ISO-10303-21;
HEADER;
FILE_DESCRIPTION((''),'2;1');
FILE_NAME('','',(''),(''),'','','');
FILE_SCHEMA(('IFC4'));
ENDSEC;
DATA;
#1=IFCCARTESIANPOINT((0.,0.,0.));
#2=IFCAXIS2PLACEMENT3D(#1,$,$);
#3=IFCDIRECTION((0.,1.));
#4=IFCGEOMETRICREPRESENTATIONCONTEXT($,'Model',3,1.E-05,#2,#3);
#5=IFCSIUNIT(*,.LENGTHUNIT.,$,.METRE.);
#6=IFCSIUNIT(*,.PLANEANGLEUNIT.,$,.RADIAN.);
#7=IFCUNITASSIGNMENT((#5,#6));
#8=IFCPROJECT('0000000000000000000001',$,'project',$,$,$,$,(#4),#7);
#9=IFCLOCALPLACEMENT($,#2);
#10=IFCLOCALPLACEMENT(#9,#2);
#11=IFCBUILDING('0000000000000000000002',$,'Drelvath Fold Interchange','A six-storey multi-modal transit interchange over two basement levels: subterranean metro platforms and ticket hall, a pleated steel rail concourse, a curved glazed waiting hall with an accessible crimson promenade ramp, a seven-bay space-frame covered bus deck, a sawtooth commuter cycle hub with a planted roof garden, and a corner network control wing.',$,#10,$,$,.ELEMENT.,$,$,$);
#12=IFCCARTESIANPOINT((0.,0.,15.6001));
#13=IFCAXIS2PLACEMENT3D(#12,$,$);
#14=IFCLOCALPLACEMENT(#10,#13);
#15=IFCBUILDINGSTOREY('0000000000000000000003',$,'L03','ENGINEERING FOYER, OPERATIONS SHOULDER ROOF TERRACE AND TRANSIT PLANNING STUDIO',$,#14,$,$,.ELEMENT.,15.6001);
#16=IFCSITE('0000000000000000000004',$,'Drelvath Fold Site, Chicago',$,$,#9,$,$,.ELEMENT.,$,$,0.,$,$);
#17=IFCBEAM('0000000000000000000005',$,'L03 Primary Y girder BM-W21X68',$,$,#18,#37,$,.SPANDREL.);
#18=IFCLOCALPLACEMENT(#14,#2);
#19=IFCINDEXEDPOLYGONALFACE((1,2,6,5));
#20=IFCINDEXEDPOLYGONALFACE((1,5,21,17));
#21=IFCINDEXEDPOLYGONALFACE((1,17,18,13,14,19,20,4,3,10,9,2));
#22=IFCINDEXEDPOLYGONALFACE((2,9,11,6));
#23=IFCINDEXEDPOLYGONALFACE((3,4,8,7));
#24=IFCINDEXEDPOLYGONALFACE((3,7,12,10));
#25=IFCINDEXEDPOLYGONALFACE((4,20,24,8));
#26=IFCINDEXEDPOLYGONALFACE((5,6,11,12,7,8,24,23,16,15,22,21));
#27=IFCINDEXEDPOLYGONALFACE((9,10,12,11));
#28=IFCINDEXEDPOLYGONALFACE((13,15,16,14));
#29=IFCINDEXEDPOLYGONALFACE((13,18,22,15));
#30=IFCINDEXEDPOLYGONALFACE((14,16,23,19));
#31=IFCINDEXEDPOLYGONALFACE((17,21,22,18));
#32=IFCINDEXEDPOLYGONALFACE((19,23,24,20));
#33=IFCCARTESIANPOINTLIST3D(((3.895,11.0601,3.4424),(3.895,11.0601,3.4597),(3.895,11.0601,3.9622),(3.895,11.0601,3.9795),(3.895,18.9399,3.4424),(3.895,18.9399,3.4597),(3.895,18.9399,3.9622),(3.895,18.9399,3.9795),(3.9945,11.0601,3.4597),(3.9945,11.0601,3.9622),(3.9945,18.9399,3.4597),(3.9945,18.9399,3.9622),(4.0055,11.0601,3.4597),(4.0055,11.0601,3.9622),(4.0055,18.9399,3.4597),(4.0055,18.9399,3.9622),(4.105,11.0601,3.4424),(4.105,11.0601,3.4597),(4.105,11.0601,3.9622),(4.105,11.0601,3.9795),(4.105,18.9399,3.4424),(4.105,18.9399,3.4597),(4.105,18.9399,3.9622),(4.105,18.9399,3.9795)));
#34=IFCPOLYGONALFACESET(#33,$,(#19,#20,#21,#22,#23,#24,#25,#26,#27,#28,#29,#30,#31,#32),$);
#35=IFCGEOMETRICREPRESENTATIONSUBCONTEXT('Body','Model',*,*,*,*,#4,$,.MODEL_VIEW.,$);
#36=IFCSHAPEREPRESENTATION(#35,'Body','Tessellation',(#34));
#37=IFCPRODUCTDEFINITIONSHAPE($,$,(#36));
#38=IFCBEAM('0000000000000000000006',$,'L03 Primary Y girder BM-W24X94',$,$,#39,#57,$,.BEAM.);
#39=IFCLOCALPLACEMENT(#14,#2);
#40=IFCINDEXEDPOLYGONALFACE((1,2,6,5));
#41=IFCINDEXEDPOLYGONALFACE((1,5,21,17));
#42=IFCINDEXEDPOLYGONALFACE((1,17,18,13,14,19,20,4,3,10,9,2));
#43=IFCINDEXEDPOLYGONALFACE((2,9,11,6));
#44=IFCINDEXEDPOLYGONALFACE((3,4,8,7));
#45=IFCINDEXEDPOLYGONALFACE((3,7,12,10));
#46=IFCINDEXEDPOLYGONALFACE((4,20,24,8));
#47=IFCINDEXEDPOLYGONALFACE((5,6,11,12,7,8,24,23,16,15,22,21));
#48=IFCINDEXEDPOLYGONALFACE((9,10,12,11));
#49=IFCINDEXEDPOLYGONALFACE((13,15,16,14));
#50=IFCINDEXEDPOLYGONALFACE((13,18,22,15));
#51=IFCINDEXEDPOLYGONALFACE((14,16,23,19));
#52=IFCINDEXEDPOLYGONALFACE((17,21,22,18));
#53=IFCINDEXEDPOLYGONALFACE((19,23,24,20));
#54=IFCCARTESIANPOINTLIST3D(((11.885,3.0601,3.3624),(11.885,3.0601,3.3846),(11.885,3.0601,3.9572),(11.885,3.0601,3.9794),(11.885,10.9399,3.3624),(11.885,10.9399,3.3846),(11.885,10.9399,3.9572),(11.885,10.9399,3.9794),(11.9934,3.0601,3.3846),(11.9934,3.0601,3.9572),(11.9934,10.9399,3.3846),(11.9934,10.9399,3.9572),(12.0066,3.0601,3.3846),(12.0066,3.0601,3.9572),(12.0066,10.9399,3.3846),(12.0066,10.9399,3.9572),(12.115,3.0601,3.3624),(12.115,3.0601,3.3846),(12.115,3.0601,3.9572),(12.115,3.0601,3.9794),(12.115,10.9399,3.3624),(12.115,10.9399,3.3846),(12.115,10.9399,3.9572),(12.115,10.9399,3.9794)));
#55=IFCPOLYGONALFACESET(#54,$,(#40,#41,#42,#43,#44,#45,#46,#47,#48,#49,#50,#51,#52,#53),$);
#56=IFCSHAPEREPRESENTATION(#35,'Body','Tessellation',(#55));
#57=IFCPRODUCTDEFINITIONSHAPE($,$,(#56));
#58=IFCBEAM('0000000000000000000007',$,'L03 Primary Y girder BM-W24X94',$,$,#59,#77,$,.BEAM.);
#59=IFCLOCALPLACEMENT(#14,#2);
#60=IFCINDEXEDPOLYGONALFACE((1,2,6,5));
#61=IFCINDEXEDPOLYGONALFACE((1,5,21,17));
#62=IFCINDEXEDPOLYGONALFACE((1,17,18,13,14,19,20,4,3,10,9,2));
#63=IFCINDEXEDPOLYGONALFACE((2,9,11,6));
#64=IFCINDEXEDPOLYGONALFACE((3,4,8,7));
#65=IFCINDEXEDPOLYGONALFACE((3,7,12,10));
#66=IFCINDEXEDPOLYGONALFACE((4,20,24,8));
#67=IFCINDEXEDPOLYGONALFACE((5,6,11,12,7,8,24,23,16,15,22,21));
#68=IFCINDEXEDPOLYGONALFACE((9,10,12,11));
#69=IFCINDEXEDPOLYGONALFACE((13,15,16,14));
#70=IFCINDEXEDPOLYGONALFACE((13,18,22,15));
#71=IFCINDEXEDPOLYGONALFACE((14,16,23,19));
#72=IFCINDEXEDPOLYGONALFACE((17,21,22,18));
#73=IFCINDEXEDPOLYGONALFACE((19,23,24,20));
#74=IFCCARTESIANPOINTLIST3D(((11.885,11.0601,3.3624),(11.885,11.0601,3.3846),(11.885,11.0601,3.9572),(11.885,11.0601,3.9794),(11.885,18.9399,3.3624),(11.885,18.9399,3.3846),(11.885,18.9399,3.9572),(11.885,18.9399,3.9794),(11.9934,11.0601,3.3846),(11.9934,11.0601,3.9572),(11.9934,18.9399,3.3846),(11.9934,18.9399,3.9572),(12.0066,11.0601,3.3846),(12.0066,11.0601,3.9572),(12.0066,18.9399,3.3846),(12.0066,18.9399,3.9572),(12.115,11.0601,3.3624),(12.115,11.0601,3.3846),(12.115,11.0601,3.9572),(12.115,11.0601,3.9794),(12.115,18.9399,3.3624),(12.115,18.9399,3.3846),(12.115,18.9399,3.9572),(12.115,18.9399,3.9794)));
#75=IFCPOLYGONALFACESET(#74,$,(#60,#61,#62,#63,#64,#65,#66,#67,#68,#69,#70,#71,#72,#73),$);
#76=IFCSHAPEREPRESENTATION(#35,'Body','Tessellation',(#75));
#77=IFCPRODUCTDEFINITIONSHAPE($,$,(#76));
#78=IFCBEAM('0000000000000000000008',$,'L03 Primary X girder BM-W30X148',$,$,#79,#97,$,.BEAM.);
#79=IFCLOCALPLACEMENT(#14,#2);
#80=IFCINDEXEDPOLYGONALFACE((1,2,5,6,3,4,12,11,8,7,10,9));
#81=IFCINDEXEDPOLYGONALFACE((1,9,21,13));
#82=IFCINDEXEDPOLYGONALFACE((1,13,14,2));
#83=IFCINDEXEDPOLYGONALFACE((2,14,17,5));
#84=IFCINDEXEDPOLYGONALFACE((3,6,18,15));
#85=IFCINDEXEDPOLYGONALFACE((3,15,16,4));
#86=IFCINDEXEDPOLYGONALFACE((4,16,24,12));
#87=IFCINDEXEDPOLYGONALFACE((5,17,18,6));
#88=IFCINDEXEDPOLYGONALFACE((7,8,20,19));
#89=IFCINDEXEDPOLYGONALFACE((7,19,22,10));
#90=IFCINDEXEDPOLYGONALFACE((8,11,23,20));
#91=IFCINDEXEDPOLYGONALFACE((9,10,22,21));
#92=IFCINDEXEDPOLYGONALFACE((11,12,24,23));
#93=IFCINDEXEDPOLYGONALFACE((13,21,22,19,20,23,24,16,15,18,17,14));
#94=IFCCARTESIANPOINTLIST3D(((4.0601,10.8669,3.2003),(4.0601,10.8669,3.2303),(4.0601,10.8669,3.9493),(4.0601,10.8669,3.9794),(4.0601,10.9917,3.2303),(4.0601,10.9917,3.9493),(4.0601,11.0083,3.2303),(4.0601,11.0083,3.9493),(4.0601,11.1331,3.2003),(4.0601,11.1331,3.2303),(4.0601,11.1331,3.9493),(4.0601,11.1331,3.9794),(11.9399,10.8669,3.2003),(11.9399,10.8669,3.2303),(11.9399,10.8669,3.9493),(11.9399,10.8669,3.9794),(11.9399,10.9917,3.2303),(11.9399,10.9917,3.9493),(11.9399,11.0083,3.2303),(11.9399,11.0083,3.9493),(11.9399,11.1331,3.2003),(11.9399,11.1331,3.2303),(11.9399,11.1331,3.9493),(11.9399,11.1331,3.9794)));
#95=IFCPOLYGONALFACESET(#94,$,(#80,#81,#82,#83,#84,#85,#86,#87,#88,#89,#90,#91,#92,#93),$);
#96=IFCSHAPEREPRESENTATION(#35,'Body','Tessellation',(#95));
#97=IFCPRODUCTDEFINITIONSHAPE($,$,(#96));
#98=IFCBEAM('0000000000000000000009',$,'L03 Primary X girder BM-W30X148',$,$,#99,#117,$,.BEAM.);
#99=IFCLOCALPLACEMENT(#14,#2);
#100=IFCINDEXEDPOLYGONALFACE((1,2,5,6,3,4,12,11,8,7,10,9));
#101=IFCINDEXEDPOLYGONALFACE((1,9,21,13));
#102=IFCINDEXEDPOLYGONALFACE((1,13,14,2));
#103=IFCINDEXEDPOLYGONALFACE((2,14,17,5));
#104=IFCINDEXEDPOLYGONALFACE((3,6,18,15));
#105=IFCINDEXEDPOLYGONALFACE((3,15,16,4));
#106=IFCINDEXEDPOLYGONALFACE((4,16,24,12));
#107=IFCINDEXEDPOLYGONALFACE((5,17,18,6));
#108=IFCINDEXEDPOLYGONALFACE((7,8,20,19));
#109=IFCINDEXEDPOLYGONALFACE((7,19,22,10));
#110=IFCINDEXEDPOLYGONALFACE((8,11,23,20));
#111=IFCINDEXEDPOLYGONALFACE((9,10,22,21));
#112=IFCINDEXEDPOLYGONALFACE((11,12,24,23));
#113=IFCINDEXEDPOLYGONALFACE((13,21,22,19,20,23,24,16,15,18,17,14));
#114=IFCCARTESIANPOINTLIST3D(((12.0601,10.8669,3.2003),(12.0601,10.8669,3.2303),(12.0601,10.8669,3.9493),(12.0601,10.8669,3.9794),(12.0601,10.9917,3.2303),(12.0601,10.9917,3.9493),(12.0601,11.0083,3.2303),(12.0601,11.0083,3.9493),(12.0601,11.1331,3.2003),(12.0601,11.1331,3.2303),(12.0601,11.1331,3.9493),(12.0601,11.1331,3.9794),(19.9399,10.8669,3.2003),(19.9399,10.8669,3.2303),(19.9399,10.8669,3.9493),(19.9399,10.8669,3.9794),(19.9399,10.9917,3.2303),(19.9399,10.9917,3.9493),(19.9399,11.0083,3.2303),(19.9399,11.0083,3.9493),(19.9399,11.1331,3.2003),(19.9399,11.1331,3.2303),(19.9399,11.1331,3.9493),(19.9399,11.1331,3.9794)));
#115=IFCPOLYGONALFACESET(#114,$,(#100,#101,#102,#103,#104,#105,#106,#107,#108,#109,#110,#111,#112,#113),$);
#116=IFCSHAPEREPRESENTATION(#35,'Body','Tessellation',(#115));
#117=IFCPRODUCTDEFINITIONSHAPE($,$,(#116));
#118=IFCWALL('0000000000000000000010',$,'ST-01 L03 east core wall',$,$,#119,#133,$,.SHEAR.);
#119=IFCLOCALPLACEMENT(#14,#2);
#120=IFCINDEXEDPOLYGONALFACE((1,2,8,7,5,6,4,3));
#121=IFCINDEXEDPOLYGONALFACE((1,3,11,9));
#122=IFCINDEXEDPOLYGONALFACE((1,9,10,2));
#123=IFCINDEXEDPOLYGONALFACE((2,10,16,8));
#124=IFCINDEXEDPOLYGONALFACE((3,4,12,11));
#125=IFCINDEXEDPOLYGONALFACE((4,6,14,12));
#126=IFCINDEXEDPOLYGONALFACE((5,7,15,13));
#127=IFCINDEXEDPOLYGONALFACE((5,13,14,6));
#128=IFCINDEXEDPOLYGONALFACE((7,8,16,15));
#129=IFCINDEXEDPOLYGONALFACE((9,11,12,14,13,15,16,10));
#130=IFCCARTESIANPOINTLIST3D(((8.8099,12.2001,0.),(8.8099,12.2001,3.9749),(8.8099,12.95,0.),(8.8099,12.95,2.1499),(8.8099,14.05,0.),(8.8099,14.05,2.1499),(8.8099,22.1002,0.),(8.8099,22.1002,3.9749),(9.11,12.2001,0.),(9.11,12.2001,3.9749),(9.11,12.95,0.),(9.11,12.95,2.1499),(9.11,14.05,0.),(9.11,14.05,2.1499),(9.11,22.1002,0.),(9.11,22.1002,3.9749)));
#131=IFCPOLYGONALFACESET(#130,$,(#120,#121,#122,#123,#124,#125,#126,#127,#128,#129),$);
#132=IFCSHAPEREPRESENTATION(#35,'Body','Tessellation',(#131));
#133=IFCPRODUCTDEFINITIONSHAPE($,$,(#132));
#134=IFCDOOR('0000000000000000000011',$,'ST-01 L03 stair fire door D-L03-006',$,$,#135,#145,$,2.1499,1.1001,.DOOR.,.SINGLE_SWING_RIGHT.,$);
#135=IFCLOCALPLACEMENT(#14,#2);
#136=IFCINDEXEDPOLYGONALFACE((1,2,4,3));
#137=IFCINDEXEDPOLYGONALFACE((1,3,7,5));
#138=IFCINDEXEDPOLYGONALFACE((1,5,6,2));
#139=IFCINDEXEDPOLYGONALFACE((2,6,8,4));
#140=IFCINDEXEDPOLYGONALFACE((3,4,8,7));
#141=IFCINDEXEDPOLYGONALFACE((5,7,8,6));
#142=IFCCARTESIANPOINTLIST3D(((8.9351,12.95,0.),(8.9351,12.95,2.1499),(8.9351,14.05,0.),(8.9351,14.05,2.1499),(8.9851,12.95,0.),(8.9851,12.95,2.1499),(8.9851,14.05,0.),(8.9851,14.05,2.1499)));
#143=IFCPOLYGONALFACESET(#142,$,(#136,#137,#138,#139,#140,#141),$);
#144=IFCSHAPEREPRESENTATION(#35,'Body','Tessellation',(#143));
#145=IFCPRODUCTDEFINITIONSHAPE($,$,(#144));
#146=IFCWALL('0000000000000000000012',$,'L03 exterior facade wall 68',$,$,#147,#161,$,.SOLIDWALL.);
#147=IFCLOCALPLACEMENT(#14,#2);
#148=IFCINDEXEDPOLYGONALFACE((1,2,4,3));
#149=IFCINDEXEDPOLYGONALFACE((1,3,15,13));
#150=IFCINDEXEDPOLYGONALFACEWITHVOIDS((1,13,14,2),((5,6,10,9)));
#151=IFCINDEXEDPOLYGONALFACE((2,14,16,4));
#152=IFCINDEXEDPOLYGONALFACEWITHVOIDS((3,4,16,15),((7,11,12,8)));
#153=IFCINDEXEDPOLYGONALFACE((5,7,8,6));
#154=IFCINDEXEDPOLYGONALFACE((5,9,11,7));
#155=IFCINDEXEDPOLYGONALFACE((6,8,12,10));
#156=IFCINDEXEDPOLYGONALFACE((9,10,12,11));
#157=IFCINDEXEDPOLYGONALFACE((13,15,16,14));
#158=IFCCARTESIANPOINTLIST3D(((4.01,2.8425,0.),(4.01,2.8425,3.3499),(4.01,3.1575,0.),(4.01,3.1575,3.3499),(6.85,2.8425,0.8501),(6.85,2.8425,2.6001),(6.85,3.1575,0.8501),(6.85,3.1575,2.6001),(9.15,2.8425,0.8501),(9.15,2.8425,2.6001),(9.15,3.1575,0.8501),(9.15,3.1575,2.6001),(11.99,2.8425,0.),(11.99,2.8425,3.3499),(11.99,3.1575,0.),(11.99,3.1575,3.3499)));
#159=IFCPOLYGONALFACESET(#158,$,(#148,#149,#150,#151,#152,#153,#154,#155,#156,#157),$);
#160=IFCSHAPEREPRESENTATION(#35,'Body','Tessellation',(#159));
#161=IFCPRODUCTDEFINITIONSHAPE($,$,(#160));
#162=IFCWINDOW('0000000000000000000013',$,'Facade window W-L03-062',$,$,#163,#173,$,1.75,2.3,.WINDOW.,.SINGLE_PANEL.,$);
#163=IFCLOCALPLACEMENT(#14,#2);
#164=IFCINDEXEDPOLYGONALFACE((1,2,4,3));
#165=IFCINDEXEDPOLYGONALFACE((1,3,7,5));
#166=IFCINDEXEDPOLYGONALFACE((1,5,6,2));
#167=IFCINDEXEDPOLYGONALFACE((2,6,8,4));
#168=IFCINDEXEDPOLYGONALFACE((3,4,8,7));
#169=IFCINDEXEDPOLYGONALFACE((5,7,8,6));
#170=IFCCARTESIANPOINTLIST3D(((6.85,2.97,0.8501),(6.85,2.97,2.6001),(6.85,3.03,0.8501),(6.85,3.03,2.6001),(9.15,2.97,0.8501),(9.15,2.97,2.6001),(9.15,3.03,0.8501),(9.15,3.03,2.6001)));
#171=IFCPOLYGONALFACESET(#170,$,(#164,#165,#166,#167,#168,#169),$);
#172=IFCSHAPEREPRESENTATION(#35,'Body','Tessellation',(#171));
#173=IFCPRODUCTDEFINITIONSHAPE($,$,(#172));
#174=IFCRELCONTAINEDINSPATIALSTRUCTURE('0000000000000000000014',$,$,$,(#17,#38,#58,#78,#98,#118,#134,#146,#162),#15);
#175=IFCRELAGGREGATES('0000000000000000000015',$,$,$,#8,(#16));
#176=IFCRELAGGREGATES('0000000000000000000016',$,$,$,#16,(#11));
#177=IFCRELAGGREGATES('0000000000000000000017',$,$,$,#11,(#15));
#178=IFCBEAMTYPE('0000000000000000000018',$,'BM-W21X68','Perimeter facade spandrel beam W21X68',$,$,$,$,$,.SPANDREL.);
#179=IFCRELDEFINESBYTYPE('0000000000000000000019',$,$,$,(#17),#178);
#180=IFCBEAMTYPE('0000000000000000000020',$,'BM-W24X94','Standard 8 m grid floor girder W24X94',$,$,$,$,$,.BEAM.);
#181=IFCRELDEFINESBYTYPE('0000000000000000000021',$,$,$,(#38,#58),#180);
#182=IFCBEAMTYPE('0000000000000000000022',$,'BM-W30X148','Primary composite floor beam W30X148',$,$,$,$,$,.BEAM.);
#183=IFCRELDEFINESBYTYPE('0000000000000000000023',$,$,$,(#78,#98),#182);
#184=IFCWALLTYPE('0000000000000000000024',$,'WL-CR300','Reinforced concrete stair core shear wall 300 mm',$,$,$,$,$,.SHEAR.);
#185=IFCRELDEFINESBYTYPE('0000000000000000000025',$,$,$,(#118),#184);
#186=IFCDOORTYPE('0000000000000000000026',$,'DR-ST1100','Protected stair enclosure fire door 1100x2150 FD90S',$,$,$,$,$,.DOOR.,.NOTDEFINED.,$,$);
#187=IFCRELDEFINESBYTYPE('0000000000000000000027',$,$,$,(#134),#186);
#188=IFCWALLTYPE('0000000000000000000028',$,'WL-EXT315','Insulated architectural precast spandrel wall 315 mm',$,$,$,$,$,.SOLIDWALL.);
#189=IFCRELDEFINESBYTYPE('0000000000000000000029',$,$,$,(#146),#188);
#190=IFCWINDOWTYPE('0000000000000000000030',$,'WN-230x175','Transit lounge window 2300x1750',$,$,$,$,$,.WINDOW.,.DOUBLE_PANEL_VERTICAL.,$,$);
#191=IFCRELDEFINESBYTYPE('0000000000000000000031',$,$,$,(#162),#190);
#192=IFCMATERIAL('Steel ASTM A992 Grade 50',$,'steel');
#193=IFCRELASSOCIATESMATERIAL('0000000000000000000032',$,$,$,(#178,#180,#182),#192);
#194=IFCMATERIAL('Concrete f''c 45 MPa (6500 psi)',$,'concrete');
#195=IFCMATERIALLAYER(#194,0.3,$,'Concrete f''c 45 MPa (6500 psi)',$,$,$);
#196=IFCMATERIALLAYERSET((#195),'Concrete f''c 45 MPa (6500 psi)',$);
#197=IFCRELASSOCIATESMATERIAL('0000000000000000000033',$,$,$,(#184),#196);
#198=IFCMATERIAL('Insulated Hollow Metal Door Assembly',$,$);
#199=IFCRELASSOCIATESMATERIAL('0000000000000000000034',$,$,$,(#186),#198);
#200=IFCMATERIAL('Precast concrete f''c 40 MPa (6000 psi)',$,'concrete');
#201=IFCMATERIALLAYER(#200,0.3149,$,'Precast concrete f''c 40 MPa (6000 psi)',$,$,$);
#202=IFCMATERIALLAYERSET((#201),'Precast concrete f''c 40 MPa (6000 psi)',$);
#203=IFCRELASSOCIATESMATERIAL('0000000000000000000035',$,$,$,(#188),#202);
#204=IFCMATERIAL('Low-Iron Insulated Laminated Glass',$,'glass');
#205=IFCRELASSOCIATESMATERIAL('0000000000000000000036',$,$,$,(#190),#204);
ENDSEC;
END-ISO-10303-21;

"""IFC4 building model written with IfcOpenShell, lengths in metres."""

from ifc_helpers import new_model, si_unit, direction, frame, frame_2d, origin, origin_2d, place, context, subcontext, project, spatial, rectangle, i_section, extrude, material, layer, layer_set, material_profile, profile_set, type_object, element, fill, save


model = new_model("IFC4")

# Units and contexts
model_context = context("Model", 3, precision=1e-05, world=origin(), true_north=direction((0.0, 1.0)))
body_context = subcontext(model_context, "Body", "Model", "MODEL_VIEW")
ifc_project = project(units=[si_unit("LENGTHUNIT", "METRE"), si_unit("PLANEANGLEUNIT", "RADIAN")], contexts=[model_context])

# Site, building, storey
site_placement = place(None, origin())
site = spatial("IfcSite", under=ifc_project, at=site_placement, Name="Drelvath Fold Site, Chicago", CompositionType="ELEMENT", RefElevation=0.0)
building_placement = place(site_placement, origin())
building = spatial("IfcBuilding", under=site, at=building_placement, Name="Drelvath Fold Interchange", Description="A six-storey multi-modal transit interchange over two basement levels: subterranean metro platforms and ticket hall, a pleated steel rail concourse, a curved glazed waiting hall with an accessible crimson promenade ramp, a seven-bay space-frame covered bus deck, a sawtooth commuter cycle hub with a planted roof garden, and a corner network control wing.", CompositionType="ELEMENT")
storey_placement = place(building_placement, frame((0.0, 0.0, 15.6001)))
storey = spatial("IfcBuildingStorey", under=building, at=storey_placement, Name="L03", Description="ENGINEERING FOYER, OPERATIONS SHOULDER ROOF TERRACE AND TRANSIT PLANNING STUDIO", CompositionType="ELEMENT", Elevation=15.6001)

# Shared definitions
ifc_material_1 = material(Name="Steel ASTM A992 Grade 50", Category="steel")

# Beams
ifc_material_profile_1 = material_profile(ifc_material_1, i_section(OverallWidth=0.21, OverallDepth=0.5371, WebThickness=0.011, FlangeThickness=0.0173, at=origin_2d()), Name="W21X68")
ifc_profile_set_1 = profile_set([ifc_material_profile_1], Name="Steel ASTM A992 Grade 50")
beam_type_1 = type_object("IfcBeamType", Name="BM-W21X68", Description="Perimeter facade spandrel beam W21X68", PredefinedType="SPANDREL", material=ifc_profile_set_1)
for number, where, z_axis, x_axis, name in (
    (1, (4.0, 11.0601, 3.7109), (0.0, 1.0, 0.0), (-1.0, 0.0, 0.0), "L03 Primary Y girder BM-W21X68"),
):
    element("IfcBeam", number, at=place(storey_placement, frame(where, z_axis=z_axis, x_axis=x_axis)), inside=storey, type_object=beam_type_1, Name=name, PredefinedType="SPANDREL", context=body_context, shape_type="SweptSolid", body=[
        extrude(i_section(OverallWidth=0.21, OverallDepth=0.5371, WebThickness=0.011, FlangeThickness=0.0173, at=origin_2d()), origin(), (0.0, 0.0, 1.0), 7.8799),
    ])
ifc_material_profile_2 = material_profile(ifc_material_1, i_section(OverallWidth=0.23, OverallDepth=0.6169, WebThickness=0.0132, FlangeThickness=0.0222, at=origin_2d()), Name="W24X94")
ifc_profile_set_2 = profile_set([ifc_material_profile_2], Name="Steel ASTM A992 Grade 50")
beam_type_2 = type_object("IfcBeamType", Name="BM-W24X94", Description="Standard 8 m grid floor girder W24X94", PredefinedType="BEAM", material=ifc_profile_set_2)
for number, where, z_axis, x_axis, name in (
    (2, (12.0, 3.0601, 3.6709), (0.0, 1.0, 0.0), (-1.0, 0.0, 0.0), "L03 Primary Y girder BM-W24X94"),
    (3, (12.0, 11.0601, 3.6709), (0.0, 1.0, 0.0), (-1.0, 0.0, 0.0), "L03 Primary Y girder BM-W24X94"),
):
    element("IfcBeam", number, at=place(storey_placement, frame(where, z_axis=z_axis, x_axis=x_axis)), inside=storey, type_object=beam_type_2, Name=name, PredefinedType="BEAM", context=body_context, shape_type="SweptSolid", body=[
        extrude(i_section(OverallWidth=0.23, OverallDepth=0.6169, WebThickness=0.0132, FlangeThickness=0.0222, at=origin_2d()), origin(), (0.0, 0.0, 1.0), 7.8799),
    ])
ifc_material_profile_3 = material_profile(ifc_material_1, i_section(OverallWidth=0.2661, OverallDepth=0.7791, WebThickness=0.0166, FlangeThickness=0.03, at=origin_2d()), Name="W30X148")
ifc_profile_set_3 = profile_set([ifc_material_profile_3], Name="Steel ASTM A992 Grade 50")
beam_type_3 = type_object("IfcBeamType", Name="BM-W30X148", Description="Primary composite floor beam W30X148", PredefinedType="BEAM", material=ifc_profile_set_3)
for number, where, z_axis, x_axis, name in (
    (4, (4.0601, 11.0, 3.5898), (1.0, 0.0, 0.0), (0.0, 1.0, 0.0), "L03 Primary X girder BM-W30X148"),
    (5, (12.0601, 11.0, 3.5898), (1.0, 0.0, 0.0), (0.0, 1.0, 0.0), "L03 Primary X girder BM-W30X148"),
):
    element("IfcBeam", number, at=place(storey_placement, frame(where, z_axis=z_axis, x_axis=x_axis)), inside=storey, type_object=beam_type_3, Name=name, PredefinedType="BEAM", context=body_context, shape_type="SweptSolid", body=[
        extrude(i_section(OverallWidth=0.2661, OverallDepth=0.7791, WebThickness=0.0166, FlangeThickness=0.03, at=origin_2d()), origin(), (0.0, 0.0, 1.0), 7.8799),
    ])

# Wall, opening, door
ifc_material_2 = material(Name="Concrete f'c 45 MPa (6500 psi)", Category="concrete")
ifc_layer_1 = layer(ifc_material_2, 0.3, Name="Concrete f'c 45 MPa (6500 psi)")
ifc_layer_set_1 = layer_set([ifc_layer_1], Name="Concrete f'c 45 MPa (6500 psi)")
wall_type_1 = type_object("IfcWallType", Name="WL-CR300", Description="Reinforced concrete stair core shear wall 300 mm", PredefinedType="SHEAR", material=ifc_layer_set_1)
wall_1_placement = place(storey_placement, frame((8.96, 12.2, 0.0), z_axis=(0.0, 0.0, 1.0), x_axis=(0.0, 1.0, 0.0)))
wall_1 = element("IfcWall", 6, at=wall_1_placement, inside=storey, type_object=wall_type_1, Name="ST-01 L03 east core wall", PredefinedType="SHEAR", context=body_context, shape_type="SweptSolid", body=[
    extrude(rectangle(XDim=9.9001, YDim=0.3, at=frame_2d((4.9502, 0.0))), origin(), (0.0, 0.0, 1.0), 3.9749),
])
opening_1_placement = place(wall_1_placement, frame((0.75, 0.0, 0.0)))
opening_1 = element("IfcOpeningElement", 7, at=opening_1_placement, cuts=wall_1, PredefinedType="OPENING", context=body_context, shape_type="SweptSolid", body=[
    extrude(rectangle(XDim=1.1001, YDim=2.1499, at=frame_2d((0.55, 1.075))), frame((0.0, 0.1599, 0.0), z_axis=(0.0, -1.0, 0.0), x_axis=(1.0, 0.0, 0.0)), (0.0, 0.0, 1.0), 0.3201),
])
ifc_material_3 = material(Name="Insulated Hollow Metal Door Assembly")
door_type = type_object("IfcDoorType", Name="DR-ST1100", Description="Protected stair enclosure fire door 1100x2150 FD90S", OperationType="NOTDEFINED", PredefinedType="DOOR", material=ifc_material_3)
door_placement = place(opening_1_placement, origin())
door = element("IfcDoor", 8, at=door_placement, inside=storey, type_object=door_type, Name="ST-01 L03 stair fire door D-L03-006", OperationType="SINGLE_SWING_RIGHT", OverallHeight=2.1499, OverallWidth=1.1001, PredefinedType="DOOR", context=body_context, shape_type="SweptSolid", body=[
    extrude(rectangle(XDim=1.1001, YDim=2.1499, at=frame_2d((0.55, 1.075))), frame((0.0, 0.0249, 0.0), z_axis=(0.0, -1.0, 0.0), x_axis=(1.0, 0.0, 0.0)), (0.0, 0.0, 1.0), 0.05),
])
fill(opening_1, door)

# Wall, opening, window
ifc_material_4 = material(Name="Precast concrete f'c 40 MPa (6000 psi)", Category="concrete")
ifc_layer_2 = layer(ifc_material_4, 0.3149, Name="Precast concrete f'c 40 MPa (6000 psi)")
ifc_layer_set_2 = layer_set([ifc_layer_2], Name="Precast concrete f'c 40 MPa (6000 psi)")
wall_type_2 = type_object("IfcWallType", Name="WL-EXT315", Description="Insulated architectural precast spandrel wall 315 mm", PredefinedType="SOLIDWALL", material=ifc_layer_set_2)
wall_2_placement = place(storey_placement, frame((4.01, 3.0, 0.0), z_axis=(0.0, 0.0, 1.0), x_axis=(1.0, 0.0, 0.0)))
wall_2 = element("IfcWall", 9, at=wall_2_placement, inside=storey, type_object=wall_type_2, Name="L03 exterior facade wall 68", PredefinedType="SOLIDWALL", context=body_context, shape_type="SweptSolid", body=[
    extrude(rectangle(XDim=7.98, YDim=0.3149, at=frame_2d((3.99, 0.0))), origin(), (0.0, 0.0, 1.0), 3.3499),
])
opening_2_placement = place(wall_2_placement, frame((2.8401, 0.0, 0.8501)))
opening_2 = element("IfcOpeningElement", 10, at=opening_2_placement, cuts=wall_2, PredefinedType="OPENING", context=body_context, shape_type="SweptSolid", body=[
    extrude(rectangle(XDim=2.3, YDim=1.75, at=frame_2d((1.1499, 0.875))), frame((0.0, 0.1675, 0.0), z_axis=(0.0, -1.0, 0.0), x_axis=(1.0, 0.0, 0.0)), (0.0, 0.0, 1.0), 0.335),
])
ifc_material_5 = material(Name="Low-Iron Insulated Laminated Glass", Category="glass")
window_type_1 = type_object("IfcWindowType", Name="WN-230x175", Description="Transit lounge window 2300x1750", PartitioningType="DOUBLE_PANEL_VERTICAL", PredefinedType="WINDOW", material=ifc_material_5)
window_1_placement = place(opening_2_placement, origin())
window_1 = element("IfcWindow", 11, at=window_1_placement, inside=storey, type_object=window_type_1, Name="Facade window W-L03-062", OverallHeight=1.75, OverallWidth=2.3, PartitioningType="SINGLE_PANEL", PredefinedType="WINDOW", context=body_context, shape_type="SweptSolid", body=[
    extrude(rectangle(XDim=2.3, YDim=1.75, at=frame_2d((1.1499, 0.875))), frame((0.0, 0.03, 0.0), z_axis=(0.0, -1.0, 0.0), x_axis=(1.0, 0.0, 0.0)), (0.0, 0.0, 1.0), 0.0601),
])
fill(opening_2, window_1)

save(model, "model.ifc")
